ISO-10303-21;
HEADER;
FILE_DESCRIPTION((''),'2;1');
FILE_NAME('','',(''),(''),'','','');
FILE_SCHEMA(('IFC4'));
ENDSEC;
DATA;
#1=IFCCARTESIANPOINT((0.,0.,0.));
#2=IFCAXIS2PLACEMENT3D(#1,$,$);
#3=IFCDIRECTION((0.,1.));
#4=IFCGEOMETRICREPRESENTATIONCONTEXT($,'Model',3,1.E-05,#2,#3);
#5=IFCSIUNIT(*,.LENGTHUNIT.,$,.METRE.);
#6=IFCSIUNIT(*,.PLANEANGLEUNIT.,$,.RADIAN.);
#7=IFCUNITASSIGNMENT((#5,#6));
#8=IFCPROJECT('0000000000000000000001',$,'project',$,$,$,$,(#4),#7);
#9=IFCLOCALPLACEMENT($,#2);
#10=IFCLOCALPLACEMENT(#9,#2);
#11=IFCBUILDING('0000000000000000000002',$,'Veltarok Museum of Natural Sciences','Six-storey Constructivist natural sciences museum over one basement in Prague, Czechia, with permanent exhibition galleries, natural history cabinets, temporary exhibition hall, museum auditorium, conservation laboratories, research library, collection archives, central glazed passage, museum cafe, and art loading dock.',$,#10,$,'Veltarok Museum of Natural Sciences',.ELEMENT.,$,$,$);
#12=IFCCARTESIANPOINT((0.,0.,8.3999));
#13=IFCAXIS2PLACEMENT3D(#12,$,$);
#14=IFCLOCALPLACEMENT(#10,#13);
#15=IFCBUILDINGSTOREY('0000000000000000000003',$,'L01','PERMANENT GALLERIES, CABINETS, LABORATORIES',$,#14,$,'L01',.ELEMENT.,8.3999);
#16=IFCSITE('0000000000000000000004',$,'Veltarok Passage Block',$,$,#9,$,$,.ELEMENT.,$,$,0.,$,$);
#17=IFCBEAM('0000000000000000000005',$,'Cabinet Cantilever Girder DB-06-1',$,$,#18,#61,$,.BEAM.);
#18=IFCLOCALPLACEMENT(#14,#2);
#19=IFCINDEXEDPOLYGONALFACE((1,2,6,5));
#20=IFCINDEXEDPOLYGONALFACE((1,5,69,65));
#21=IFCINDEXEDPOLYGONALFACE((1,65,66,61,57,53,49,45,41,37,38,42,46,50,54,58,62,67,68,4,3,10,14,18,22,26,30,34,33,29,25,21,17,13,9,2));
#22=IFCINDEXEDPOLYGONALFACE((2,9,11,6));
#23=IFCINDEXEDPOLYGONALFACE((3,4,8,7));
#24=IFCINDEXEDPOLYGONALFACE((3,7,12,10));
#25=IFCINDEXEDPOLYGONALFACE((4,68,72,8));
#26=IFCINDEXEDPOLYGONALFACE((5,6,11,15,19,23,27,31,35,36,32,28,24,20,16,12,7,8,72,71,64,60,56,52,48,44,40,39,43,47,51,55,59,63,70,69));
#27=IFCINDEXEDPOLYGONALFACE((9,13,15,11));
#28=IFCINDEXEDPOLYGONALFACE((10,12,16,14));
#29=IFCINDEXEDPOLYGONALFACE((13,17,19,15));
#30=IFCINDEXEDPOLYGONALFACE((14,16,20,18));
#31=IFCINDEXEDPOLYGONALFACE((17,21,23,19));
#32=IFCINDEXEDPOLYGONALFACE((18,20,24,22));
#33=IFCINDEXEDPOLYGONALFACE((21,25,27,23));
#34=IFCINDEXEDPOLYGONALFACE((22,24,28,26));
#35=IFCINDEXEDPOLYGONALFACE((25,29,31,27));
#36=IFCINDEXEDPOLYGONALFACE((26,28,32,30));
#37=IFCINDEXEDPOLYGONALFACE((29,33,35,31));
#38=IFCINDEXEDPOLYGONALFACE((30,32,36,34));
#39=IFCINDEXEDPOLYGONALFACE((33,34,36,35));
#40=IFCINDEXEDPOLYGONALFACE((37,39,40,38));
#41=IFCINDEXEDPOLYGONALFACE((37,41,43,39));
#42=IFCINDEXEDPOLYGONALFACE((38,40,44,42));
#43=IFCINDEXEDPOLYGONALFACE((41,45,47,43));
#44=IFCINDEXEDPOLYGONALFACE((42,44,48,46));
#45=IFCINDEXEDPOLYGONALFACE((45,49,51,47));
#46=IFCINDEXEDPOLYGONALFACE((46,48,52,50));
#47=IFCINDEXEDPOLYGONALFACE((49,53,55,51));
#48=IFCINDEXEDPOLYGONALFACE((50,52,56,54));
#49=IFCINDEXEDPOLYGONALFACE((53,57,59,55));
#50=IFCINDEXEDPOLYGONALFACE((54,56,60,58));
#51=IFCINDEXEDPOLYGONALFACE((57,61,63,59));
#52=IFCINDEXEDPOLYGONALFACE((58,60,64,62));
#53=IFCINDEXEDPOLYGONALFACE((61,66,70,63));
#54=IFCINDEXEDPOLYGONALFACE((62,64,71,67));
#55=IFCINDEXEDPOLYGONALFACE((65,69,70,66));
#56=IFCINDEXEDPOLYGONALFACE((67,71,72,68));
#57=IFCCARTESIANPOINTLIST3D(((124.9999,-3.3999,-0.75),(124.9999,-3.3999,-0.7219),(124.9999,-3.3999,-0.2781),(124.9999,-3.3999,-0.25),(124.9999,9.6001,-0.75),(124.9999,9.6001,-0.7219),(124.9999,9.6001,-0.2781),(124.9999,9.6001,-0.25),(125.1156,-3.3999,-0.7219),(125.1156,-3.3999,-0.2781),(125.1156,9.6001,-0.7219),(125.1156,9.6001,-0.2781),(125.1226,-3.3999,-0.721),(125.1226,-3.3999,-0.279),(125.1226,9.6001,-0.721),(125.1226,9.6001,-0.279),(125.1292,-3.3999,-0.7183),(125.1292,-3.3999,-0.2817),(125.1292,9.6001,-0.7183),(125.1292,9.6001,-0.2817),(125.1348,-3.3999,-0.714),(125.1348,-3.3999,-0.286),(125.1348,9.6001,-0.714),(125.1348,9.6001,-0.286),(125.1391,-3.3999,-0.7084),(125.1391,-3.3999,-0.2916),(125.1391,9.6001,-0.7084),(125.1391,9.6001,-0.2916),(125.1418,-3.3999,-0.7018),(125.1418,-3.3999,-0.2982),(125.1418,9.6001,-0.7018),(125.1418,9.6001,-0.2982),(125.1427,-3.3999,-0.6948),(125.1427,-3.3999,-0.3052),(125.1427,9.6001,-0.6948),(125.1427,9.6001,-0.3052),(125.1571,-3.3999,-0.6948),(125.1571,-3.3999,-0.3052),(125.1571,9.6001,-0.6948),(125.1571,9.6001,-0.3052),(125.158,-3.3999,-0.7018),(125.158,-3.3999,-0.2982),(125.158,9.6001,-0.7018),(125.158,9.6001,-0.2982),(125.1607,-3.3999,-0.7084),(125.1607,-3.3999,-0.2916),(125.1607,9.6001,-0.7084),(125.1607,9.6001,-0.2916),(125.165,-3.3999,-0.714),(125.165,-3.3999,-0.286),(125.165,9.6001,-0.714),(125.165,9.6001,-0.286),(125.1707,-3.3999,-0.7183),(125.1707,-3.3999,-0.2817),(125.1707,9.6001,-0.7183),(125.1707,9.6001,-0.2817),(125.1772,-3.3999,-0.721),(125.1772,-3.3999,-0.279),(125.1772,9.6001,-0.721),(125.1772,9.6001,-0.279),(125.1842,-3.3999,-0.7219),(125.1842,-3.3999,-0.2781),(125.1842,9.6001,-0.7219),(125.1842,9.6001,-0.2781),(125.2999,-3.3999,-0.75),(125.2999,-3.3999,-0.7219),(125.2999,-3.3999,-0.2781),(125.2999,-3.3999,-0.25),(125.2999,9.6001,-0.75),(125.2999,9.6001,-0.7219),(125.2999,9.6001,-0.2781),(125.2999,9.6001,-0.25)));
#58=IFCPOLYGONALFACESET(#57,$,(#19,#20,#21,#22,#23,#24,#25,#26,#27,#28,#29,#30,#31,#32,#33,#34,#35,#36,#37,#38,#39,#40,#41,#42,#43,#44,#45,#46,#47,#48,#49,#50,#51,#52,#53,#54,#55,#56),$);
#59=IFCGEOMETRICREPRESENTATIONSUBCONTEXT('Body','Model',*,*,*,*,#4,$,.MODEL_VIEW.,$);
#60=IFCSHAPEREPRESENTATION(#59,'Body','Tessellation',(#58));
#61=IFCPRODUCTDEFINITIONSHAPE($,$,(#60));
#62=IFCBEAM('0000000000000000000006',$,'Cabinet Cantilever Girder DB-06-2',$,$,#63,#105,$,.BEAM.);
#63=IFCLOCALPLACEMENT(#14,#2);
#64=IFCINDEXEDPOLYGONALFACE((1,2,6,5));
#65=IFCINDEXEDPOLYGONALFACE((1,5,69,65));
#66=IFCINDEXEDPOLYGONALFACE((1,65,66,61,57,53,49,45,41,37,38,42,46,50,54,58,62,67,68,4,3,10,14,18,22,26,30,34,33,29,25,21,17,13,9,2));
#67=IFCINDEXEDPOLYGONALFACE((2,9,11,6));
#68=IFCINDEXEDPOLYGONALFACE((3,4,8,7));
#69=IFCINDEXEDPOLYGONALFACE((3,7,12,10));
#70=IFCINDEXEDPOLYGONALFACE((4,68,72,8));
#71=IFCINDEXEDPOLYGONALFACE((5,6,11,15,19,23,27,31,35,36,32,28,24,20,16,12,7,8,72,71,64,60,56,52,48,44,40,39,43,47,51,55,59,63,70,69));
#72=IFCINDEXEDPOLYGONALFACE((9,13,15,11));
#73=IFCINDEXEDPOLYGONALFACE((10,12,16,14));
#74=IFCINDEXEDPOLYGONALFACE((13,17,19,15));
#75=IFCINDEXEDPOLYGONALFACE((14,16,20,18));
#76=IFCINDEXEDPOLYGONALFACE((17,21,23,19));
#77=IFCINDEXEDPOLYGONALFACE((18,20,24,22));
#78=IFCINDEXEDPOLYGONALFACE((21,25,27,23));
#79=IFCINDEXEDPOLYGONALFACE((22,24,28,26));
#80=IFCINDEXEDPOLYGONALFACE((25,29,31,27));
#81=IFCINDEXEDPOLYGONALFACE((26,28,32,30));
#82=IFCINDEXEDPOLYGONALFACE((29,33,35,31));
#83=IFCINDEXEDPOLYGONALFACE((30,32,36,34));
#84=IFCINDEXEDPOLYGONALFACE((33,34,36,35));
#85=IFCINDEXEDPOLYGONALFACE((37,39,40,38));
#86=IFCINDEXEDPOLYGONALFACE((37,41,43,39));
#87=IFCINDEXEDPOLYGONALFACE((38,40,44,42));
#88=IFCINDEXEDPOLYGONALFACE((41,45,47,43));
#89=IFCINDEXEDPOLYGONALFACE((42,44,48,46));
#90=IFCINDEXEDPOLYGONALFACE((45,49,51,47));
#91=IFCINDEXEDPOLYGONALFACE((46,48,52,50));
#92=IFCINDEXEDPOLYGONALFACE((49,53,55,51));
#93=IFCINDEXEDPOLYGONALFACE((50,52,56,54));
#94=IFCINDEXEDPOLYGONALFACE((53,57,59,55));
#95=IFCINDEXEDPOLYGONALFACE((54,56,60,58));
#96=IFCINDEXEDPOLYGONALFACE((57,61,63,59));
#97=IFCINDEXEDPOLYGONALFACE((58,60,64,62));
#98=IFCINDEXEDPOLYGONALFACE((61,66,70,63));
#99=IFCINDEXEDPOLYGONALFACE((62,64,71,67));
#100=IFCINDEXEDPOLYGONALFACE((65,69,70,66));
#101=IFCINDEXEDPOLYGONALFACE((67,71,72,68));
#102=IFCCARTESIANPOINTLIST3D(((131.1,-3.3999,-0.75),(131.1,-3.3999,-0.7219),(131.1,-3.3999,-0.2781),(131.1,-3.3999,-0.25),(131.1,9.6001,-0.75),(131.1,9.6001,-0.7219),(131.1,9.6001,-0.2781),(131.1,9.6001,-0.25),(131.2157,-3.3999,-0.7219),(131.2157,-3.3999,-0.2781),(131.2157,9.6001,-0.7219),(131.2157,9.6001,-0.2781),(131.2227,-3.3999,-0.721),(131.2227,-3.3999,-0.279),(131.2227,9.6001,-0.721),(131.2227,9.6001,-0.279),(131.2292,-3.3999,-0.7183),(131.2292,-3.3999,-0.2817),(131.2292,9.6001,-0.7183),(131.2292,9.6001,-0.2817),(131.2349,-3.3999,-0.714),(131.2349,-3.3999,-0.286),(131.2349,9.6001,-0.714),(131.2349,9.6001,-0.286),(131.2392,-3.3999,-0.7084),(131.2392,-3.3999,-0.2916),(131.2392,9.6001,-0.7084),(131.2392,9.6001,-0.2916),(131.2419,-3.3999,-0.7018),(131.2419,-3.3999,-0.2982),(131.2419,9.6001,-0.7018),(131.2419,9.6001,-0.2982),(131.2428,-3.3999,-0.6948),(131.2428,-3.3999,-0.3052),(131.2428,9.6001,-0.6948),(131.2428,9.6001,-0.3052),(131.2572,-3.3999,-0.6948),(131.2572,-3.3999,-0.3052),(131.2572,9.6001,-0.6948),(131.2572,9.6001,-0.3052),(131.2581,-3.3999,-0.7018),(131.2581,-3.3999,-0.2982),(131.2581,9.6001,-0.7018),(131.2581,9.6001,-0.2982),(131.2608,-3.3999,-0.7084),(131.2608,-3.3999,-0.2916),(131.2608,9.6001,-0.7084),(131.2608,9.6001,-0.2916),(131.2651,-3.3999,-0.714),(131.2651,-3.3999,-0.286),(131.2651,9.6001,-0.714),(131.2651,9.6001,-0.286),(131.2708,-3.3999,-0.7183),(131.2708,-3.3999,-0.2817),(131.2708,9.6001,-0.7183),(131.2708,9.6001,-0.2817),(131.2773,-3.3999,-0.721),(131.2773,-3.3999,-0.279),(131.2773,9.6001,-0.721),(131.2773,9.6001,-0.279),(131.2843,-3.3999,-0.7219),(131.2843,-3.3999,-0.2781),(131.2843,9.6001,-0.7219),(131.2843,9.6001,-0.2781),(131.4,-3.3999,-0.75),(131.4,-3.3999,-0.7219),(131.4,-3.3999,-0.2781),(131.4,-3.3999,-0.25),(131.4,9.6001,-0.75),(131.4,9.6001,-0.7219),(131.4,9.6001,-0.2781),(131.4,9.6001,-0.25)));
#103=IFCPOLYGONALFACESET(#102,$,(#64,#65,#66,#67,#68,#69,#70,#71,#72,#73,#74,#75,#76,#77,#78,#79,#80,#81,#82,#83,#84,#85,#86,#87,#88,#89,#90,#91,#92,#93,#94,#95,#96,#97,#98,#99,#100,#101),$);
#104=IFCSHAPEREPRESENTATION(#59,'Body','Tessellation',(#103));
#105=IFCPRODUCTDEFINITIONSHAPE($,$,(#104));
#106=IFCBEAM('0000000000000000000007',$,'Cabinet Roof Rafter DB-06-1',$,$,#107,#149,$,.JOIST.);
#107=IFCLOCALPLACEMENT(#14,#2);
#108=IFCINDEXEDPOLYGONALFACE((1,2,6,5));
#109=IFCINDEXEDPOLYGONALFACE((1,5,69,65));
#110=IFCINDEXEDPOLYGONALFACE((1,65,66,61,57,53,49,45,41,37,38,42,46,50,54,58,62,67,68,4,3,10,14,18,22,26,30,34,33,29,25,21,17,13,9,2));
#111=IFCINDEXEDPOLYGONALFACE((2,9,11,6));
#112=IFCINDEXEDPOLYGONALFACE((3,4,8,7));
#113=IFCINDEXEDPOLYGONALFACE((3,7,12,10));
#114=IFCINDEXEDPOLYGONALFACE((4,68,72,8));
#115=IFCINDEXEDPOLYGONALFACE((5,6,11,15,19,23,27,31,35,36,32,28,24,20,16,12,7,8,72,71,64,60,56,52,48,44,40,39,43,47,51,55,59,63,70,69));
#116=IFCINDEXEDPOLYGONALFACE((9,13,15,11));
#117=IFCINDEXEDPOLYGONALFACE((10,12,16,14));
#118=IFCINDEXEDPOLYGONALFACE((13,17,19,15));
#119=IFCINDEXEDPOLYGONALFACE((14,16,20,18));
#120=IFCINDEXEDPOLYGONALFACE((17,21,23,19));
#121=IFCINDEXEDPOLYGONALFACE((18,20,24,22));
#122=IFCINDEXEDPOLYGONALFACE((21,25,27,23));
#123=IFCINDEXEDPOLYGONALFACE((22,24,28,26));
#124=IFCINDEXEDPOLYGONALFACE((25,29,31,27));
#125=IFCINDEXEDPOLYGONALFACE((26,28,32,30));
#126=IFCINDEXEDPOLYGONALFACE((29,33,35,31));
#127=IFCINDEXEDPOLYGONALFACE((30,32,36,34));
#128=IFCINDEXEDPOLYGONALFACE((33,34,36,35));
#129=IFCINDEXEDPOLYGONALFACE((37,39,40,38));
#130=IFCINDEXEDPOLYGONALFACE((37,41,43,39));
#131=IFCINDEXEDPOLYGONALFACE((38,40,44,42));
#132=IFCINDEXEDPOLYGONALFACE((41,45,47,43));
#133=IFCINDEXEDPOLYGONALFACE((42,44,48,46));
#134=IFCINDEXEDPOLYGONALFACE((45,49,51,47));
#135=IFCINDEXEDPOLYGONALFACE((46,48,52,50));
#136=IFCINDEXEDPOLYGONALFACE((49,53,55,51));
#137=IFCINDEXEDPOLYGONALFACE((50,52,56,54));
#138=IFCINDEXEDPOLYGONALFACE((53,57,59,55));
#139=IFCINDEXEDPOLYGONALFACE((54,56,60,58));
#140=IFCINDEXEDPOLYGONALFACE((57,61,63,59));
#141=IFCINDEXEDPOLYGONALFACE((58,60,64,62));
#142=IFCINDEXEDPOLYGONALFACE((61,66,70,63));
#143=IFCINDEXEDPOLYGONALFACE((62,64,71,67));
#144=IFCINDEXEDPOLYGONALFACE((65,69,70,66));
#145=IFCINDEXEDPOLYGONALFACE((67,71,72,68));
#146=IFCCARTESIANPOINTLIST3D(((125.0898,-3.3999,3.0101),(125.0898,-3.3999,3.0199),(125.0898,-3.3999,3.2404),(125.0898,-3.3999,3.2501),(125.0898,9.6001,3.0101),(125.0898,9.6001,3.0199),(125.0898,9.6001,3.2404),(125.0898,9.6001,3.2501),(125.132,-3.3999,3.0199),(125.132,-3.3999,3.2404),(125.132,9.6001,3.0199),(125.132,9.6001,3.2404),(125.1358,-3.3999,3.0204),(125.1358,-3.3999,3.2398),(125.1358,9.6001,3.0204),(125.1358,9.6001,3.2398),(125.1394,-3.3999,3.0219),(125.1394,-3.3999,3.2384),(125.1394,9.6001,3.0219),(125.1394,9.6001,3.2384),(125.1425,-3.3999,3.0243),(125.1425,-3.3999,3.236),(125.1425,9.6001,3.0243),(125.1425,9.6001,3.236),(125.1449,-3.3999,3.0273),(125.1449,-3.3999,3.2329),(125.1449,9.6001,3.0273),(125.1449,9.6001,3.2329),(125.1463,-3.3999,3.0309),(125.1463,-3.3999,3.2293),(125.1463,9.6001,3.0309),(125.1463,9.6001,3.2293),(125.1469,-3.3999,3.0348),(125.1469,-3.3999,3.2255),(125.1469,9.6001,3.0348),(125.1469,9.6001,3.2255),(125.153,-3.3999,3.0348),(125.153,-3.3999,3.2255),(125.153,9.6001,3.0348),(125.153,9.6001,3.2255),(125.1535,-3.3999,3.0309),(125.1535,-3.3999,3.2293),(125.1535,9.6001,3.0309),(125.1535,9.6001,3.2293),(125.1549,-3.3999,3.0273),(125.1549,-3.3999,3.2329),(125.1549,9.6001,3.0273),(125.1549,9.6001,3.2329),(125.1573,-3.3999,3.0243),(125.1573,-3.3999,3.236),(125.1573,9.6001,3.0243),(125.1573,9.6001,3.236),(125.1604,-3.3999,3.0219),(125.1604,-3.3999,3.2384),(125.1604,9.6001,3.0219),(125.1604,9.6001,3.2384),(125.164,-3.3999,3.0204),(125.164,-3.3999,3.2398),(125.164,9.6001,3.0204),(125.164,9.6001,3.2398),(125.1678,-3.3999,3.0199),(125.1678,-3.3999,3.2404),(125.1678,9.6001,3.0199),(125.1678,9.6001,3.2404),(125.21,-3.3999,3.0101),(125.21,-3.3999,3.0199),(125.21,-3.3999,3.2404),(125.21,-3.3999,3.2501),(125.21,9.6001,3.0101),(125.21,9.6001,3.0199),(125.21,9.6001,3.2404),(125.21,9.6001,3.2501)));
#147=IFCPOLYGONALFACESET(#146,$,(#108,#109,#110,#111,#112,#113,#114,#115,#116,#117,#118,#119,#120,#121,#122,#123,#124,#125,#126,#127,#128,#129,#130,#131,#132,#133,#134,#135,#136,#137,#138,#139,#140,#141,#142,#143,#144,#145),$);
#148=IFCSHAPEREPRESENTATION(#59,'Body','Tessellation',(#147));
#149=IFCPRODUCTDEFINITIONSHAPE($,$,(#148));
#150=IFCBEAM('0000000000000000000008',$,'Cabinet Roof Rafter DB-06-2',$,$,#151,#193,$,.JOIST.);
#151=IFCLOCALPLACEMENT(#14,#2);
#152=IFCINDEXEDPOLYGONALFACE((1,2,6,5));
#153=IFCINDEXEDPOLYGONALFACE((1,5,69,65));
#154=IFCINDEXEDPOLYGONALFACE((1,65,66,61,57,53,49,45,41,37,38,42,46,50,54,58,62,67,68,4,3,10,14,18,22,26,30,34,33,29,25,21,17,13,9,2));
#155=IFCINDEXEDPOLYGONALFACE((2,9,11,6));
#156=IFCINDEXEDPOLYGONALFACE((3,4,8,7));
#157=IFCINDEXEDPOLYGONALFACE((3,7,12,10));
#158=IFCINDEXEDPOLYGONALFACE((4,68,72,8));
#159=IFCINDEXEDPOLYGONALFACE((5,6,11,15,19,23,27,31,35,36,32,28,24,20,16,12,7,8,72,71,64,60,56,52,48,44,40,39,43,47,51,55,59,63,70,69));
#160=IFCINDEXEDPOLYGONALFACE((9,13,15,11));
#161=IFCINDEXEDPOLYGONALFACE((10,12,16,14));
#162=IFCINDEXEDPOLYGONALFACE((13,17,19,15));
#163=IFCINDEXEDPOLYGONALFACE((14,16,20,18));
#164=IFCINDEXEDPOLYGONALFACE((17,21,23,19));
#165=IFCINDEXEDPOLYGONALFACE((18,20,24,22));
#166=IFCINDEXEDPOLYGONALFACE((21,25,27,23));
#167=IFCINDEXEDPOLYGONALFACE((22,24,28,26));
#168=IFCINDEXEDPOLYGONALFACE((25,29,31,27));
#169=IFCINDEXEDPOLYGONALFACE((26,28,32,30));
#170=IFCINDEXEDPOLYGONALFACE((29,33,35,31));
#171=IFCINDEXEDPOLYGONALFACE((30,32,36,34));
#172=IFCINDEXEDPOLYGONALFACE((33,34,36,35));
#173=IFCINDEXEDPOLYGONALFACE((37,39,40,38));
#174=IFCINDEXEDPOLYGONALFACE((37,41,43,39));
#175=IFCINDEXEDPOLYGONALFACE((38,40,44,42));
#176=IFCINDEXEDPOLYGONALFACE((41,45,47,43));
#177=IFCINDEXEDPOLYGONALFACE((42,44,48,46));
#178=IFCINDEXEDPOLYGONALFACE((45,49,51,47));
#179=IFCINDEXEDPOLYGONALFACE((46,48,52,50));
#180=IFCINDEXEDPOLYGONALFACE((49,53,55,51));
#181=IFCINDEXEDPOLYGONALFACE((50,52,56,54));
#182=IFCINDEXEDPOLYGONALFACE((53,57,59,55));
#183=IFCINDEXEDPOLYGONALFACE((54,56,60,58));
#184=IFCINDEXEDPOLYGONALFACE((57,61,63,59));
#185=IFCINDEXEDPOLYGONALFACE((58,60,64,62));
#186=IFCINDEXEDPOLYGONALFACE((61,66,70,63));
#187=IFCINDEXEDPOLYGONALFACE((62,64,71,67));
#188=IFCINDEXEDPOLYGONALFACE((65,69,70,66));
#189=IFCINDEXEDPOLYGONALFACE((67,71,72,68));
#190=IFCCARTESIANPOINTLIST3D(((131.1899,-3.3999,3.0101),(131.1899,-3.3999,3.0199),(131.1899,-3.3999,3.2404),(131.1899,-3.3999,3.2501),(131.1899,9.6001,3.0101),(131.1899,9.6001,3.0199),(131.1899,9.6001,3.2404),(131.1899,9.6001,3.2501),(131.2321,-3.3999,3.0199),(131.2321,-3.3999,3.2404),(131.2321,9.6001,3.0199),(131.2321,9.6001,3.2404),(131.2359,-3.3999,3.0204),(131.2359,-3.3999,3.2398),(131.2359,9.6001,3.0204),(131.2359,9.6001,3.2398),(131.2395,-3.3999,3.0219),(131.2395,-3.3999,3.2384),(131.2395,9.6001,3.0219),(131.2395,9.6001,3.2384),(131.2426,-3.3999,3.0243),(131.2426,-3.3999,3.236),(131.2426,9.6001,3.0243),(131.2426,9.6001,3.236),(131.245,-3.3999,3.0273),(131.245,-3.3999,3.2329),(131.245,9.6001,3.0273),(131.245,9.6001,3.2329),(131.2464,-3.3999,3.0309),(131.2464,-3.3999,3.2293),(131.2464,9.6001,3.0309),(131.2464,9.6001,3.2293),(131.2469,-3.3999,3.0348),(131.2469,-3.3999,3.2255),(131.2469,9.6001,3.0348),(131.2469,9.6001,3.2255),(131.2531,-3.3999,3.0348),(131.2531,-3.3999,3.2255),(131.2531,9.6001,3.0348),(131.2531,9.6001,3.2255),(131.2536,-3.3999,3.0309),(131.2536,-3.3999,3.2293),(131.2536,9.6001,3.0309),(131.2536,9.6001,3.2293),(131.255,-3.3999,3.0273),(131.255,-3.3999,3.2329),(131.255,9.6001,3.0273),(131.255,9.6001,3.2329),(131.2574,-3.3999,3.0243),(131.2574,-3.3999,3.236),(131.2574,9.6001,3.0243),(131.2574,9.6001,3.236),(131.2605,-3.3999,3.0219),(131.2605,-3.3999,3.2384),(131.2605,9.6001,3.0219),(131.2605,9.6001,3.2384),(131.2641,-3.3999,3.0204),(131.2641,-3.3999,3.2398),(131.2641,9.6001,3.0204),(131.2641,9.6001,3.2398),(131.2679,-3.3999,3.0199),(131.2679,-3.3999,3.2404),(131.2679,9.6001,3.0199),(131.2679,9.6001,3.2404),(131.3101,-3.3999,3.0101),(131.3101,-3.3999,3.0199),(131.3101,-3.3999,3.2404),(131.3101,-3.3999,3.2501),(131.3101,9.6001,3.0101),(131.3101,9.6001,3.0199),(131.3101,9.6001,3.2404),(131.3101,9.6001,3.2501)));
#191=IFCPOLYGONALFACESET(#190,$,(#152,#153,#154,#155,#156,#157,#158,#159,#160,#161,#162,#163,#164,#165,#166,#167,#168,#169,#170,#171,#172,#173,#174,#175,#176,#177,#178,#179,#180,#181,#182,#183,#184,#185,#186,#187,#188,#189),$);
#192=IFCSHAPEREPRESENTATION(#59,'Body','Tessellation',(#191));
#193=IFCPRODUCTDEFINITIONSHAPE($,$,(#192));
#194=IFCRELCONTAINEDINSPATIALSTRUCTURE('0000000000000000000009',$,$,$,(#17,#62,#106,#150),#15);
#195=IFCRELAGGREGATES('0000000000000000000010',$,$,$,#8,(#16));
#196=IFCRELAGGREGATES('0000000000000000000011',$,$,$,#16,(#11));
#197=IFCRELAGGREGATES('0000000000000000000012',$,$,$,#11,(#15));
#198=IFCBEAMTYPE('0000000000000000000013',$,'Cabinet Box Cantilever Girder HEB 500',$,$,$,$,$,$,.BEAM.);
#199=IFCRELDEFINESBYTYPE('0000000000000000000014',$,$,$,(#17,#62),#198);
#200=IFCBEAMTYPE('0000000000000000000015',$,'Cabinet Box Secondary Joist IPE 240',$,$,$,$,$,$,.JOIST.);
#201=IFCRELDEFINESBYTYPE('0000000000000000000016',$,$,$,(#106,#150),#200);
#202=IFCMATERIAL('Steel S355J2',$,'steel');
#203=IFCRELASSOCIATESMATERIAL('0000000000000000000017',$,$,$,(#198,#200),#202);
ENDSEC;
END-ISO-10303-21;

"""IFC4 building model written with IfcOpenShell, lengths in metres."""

from ifc_helpers import new_model, si_unit, direction, frame, origin, origin_2d, place, context, subcontext, project, spatial, i_section, extrude, material, material_profile, profile_set, type_object, element, save


model = new_model("IFC4")

# Units and contexts
model_context = context("Model", 3, precision=1e-05, world=origin(), true_north=direction((0.0, 1.0)))
body_context = subcontext(model_context, "Body", "Model", "MODEL_VIEW")
ifc_project = project(units=[si_unit("LENGTHUNIT", "METRE"), si_unit("PLANEANGLEUNIT", "RADIAN")], contexts=[model_context])

# Site, building, storey
site_placement = place(None, origin())
site = spatial("IfcSite", under=ifc_project, at=site_placement, Name="Veltarok Passage Block", CompositionType="ELEMENT", RefElevation=0.0)
building_placement = place(site_placement, origin())
building = spatial("IfcBuilding", under=site, at=building_placement, Name="Veltarok Museum of Natural Sciences", Description="Six-storey Constructivist natural sciences museum over one basement in Prague, Czechia, with permanent exhibition galleries, natural history cabinets, temporary exhibition hall, museum auditorium, conservation laboratories, research library, collection archives, central glazed passage, museum cafe, and art loading dock.", LongName="Veltarok Museum of Natural Sciences", CompositionType="ELEMENT")
storey_placement = place(building_placement, frame((0.0, 0.0, 8.3999)))
storey = spatial("IfcBuildingStorey", under=building, at=storey_placement, Name="L01", Description="PERMANENT GALLERIES, CABINETS, LABORATORIES", LongName="L01", CompositionType="ELEMENT", Elevation=8.3999)

# Shared definitions
ifc_material_1 = material(Name="Steel S355J2", Category="steel")

# Beams
ifc_material_profile_1 = material_profile(ifc_material_1, i_section(OverallWidth=0.3, OverallDepth=0.5, WebThickness=0.0144, FlangeThickness=0.0281, FilletRadius=0.0271, at=origin_2d()), Name="HEB 500")
ifc_profile_set_1 = profile_set([ifc_material_profile_1], Name="Steel S355J2")
beam_type_1 = type_object("IfcBeamType", Name="Cabinet Box Cantilever Girder HEB 500", PredefinedType="BEAM", material=ifc_profile_set_1)
for number, where, z_axis, x_axis, name in (
    (1, (125.1499, -3.3999, -0.5), (0.0, 1.0, 0.0), (-1.0, 0.0, 0.0), "Cabinet Cantilever Girder DB-06-1"),
    (2, (131.25, -3.3999, -0.5), (0.0, 1.0, 0.0), (-1.0, 0.0, 0.0), "Cabinet Cantilever Girder DB-06-2"),
):
    element("IfcBeam", number, at=place(storey_placement, frame(where, z_axis=z_axis, x_axis=x_axis)), inside=storey, type_object=beam_type_1, Name=name, PredefinedType="BEAM", context=body_context, shape_type="SweptSolid", body=[
        extrude(i_section(OverallWidth=0.3, OverallDepth=0.5, WebThickness=0.0144, FlangeThickness=0.0281, FilletRadius=0.0271, at=origin_2d()), origin(), (0.0, 0.0, 1.0), 13.0),
    ])
ifc_material_profile_2 = material_profile(ifc_material_1, i_section(OverallWidth=0.1201, OverallDepth=0.24, WebThickness=0.0061, FlangeThickness=0.0098, FilletRadius=0.0149, at=origin_2d()), Name="IPE 240")
ifc_profile_set_2 = profile_set([ifc_material_profile_2], Name="Steel S355J2")
beam_type_2 = type_object("IfcBeamType", Name="Cabinet Box Secondary Joist IPE 240", PredefinedType="JOIST", material=ifc_profile_set_2)
for number, where, z_axis, x_axis, name in (
    (3, (125.1499, -3.3999, 3.1301), (0.0, 1.0, 0.0), (-1.0, 0.0, 0.0), "Cabinet Roof Rafter DB-06-1"),
    (4, (131.25, -3.3999, 3.1301), (0.0, 1.0, 0.0), (-1.0, 0.0, 0.0), "Cabinet Roof Rafter DB-06-2"),
):
    element("IfcBeam", number, at=place(storey_placement, frame(where, z_axis=z_axis, x_axis=x_axis)), inside=storey, type_object=beam_type_2, Name=name, PredefinedType="JOIST", context=body_context, shape_type="SweptSolid", body=[
        extrude(i_section(OverallWidth=0.1201, OverallDepth=0.24, WebThickness=0.0061, FlangeThickness=0.0098, FilletRadius=0.0149, at=origin_2d()), origin(), (0.0, 0.0, 1.0), 13.0),
    ])

save(model, "model.ifc")
